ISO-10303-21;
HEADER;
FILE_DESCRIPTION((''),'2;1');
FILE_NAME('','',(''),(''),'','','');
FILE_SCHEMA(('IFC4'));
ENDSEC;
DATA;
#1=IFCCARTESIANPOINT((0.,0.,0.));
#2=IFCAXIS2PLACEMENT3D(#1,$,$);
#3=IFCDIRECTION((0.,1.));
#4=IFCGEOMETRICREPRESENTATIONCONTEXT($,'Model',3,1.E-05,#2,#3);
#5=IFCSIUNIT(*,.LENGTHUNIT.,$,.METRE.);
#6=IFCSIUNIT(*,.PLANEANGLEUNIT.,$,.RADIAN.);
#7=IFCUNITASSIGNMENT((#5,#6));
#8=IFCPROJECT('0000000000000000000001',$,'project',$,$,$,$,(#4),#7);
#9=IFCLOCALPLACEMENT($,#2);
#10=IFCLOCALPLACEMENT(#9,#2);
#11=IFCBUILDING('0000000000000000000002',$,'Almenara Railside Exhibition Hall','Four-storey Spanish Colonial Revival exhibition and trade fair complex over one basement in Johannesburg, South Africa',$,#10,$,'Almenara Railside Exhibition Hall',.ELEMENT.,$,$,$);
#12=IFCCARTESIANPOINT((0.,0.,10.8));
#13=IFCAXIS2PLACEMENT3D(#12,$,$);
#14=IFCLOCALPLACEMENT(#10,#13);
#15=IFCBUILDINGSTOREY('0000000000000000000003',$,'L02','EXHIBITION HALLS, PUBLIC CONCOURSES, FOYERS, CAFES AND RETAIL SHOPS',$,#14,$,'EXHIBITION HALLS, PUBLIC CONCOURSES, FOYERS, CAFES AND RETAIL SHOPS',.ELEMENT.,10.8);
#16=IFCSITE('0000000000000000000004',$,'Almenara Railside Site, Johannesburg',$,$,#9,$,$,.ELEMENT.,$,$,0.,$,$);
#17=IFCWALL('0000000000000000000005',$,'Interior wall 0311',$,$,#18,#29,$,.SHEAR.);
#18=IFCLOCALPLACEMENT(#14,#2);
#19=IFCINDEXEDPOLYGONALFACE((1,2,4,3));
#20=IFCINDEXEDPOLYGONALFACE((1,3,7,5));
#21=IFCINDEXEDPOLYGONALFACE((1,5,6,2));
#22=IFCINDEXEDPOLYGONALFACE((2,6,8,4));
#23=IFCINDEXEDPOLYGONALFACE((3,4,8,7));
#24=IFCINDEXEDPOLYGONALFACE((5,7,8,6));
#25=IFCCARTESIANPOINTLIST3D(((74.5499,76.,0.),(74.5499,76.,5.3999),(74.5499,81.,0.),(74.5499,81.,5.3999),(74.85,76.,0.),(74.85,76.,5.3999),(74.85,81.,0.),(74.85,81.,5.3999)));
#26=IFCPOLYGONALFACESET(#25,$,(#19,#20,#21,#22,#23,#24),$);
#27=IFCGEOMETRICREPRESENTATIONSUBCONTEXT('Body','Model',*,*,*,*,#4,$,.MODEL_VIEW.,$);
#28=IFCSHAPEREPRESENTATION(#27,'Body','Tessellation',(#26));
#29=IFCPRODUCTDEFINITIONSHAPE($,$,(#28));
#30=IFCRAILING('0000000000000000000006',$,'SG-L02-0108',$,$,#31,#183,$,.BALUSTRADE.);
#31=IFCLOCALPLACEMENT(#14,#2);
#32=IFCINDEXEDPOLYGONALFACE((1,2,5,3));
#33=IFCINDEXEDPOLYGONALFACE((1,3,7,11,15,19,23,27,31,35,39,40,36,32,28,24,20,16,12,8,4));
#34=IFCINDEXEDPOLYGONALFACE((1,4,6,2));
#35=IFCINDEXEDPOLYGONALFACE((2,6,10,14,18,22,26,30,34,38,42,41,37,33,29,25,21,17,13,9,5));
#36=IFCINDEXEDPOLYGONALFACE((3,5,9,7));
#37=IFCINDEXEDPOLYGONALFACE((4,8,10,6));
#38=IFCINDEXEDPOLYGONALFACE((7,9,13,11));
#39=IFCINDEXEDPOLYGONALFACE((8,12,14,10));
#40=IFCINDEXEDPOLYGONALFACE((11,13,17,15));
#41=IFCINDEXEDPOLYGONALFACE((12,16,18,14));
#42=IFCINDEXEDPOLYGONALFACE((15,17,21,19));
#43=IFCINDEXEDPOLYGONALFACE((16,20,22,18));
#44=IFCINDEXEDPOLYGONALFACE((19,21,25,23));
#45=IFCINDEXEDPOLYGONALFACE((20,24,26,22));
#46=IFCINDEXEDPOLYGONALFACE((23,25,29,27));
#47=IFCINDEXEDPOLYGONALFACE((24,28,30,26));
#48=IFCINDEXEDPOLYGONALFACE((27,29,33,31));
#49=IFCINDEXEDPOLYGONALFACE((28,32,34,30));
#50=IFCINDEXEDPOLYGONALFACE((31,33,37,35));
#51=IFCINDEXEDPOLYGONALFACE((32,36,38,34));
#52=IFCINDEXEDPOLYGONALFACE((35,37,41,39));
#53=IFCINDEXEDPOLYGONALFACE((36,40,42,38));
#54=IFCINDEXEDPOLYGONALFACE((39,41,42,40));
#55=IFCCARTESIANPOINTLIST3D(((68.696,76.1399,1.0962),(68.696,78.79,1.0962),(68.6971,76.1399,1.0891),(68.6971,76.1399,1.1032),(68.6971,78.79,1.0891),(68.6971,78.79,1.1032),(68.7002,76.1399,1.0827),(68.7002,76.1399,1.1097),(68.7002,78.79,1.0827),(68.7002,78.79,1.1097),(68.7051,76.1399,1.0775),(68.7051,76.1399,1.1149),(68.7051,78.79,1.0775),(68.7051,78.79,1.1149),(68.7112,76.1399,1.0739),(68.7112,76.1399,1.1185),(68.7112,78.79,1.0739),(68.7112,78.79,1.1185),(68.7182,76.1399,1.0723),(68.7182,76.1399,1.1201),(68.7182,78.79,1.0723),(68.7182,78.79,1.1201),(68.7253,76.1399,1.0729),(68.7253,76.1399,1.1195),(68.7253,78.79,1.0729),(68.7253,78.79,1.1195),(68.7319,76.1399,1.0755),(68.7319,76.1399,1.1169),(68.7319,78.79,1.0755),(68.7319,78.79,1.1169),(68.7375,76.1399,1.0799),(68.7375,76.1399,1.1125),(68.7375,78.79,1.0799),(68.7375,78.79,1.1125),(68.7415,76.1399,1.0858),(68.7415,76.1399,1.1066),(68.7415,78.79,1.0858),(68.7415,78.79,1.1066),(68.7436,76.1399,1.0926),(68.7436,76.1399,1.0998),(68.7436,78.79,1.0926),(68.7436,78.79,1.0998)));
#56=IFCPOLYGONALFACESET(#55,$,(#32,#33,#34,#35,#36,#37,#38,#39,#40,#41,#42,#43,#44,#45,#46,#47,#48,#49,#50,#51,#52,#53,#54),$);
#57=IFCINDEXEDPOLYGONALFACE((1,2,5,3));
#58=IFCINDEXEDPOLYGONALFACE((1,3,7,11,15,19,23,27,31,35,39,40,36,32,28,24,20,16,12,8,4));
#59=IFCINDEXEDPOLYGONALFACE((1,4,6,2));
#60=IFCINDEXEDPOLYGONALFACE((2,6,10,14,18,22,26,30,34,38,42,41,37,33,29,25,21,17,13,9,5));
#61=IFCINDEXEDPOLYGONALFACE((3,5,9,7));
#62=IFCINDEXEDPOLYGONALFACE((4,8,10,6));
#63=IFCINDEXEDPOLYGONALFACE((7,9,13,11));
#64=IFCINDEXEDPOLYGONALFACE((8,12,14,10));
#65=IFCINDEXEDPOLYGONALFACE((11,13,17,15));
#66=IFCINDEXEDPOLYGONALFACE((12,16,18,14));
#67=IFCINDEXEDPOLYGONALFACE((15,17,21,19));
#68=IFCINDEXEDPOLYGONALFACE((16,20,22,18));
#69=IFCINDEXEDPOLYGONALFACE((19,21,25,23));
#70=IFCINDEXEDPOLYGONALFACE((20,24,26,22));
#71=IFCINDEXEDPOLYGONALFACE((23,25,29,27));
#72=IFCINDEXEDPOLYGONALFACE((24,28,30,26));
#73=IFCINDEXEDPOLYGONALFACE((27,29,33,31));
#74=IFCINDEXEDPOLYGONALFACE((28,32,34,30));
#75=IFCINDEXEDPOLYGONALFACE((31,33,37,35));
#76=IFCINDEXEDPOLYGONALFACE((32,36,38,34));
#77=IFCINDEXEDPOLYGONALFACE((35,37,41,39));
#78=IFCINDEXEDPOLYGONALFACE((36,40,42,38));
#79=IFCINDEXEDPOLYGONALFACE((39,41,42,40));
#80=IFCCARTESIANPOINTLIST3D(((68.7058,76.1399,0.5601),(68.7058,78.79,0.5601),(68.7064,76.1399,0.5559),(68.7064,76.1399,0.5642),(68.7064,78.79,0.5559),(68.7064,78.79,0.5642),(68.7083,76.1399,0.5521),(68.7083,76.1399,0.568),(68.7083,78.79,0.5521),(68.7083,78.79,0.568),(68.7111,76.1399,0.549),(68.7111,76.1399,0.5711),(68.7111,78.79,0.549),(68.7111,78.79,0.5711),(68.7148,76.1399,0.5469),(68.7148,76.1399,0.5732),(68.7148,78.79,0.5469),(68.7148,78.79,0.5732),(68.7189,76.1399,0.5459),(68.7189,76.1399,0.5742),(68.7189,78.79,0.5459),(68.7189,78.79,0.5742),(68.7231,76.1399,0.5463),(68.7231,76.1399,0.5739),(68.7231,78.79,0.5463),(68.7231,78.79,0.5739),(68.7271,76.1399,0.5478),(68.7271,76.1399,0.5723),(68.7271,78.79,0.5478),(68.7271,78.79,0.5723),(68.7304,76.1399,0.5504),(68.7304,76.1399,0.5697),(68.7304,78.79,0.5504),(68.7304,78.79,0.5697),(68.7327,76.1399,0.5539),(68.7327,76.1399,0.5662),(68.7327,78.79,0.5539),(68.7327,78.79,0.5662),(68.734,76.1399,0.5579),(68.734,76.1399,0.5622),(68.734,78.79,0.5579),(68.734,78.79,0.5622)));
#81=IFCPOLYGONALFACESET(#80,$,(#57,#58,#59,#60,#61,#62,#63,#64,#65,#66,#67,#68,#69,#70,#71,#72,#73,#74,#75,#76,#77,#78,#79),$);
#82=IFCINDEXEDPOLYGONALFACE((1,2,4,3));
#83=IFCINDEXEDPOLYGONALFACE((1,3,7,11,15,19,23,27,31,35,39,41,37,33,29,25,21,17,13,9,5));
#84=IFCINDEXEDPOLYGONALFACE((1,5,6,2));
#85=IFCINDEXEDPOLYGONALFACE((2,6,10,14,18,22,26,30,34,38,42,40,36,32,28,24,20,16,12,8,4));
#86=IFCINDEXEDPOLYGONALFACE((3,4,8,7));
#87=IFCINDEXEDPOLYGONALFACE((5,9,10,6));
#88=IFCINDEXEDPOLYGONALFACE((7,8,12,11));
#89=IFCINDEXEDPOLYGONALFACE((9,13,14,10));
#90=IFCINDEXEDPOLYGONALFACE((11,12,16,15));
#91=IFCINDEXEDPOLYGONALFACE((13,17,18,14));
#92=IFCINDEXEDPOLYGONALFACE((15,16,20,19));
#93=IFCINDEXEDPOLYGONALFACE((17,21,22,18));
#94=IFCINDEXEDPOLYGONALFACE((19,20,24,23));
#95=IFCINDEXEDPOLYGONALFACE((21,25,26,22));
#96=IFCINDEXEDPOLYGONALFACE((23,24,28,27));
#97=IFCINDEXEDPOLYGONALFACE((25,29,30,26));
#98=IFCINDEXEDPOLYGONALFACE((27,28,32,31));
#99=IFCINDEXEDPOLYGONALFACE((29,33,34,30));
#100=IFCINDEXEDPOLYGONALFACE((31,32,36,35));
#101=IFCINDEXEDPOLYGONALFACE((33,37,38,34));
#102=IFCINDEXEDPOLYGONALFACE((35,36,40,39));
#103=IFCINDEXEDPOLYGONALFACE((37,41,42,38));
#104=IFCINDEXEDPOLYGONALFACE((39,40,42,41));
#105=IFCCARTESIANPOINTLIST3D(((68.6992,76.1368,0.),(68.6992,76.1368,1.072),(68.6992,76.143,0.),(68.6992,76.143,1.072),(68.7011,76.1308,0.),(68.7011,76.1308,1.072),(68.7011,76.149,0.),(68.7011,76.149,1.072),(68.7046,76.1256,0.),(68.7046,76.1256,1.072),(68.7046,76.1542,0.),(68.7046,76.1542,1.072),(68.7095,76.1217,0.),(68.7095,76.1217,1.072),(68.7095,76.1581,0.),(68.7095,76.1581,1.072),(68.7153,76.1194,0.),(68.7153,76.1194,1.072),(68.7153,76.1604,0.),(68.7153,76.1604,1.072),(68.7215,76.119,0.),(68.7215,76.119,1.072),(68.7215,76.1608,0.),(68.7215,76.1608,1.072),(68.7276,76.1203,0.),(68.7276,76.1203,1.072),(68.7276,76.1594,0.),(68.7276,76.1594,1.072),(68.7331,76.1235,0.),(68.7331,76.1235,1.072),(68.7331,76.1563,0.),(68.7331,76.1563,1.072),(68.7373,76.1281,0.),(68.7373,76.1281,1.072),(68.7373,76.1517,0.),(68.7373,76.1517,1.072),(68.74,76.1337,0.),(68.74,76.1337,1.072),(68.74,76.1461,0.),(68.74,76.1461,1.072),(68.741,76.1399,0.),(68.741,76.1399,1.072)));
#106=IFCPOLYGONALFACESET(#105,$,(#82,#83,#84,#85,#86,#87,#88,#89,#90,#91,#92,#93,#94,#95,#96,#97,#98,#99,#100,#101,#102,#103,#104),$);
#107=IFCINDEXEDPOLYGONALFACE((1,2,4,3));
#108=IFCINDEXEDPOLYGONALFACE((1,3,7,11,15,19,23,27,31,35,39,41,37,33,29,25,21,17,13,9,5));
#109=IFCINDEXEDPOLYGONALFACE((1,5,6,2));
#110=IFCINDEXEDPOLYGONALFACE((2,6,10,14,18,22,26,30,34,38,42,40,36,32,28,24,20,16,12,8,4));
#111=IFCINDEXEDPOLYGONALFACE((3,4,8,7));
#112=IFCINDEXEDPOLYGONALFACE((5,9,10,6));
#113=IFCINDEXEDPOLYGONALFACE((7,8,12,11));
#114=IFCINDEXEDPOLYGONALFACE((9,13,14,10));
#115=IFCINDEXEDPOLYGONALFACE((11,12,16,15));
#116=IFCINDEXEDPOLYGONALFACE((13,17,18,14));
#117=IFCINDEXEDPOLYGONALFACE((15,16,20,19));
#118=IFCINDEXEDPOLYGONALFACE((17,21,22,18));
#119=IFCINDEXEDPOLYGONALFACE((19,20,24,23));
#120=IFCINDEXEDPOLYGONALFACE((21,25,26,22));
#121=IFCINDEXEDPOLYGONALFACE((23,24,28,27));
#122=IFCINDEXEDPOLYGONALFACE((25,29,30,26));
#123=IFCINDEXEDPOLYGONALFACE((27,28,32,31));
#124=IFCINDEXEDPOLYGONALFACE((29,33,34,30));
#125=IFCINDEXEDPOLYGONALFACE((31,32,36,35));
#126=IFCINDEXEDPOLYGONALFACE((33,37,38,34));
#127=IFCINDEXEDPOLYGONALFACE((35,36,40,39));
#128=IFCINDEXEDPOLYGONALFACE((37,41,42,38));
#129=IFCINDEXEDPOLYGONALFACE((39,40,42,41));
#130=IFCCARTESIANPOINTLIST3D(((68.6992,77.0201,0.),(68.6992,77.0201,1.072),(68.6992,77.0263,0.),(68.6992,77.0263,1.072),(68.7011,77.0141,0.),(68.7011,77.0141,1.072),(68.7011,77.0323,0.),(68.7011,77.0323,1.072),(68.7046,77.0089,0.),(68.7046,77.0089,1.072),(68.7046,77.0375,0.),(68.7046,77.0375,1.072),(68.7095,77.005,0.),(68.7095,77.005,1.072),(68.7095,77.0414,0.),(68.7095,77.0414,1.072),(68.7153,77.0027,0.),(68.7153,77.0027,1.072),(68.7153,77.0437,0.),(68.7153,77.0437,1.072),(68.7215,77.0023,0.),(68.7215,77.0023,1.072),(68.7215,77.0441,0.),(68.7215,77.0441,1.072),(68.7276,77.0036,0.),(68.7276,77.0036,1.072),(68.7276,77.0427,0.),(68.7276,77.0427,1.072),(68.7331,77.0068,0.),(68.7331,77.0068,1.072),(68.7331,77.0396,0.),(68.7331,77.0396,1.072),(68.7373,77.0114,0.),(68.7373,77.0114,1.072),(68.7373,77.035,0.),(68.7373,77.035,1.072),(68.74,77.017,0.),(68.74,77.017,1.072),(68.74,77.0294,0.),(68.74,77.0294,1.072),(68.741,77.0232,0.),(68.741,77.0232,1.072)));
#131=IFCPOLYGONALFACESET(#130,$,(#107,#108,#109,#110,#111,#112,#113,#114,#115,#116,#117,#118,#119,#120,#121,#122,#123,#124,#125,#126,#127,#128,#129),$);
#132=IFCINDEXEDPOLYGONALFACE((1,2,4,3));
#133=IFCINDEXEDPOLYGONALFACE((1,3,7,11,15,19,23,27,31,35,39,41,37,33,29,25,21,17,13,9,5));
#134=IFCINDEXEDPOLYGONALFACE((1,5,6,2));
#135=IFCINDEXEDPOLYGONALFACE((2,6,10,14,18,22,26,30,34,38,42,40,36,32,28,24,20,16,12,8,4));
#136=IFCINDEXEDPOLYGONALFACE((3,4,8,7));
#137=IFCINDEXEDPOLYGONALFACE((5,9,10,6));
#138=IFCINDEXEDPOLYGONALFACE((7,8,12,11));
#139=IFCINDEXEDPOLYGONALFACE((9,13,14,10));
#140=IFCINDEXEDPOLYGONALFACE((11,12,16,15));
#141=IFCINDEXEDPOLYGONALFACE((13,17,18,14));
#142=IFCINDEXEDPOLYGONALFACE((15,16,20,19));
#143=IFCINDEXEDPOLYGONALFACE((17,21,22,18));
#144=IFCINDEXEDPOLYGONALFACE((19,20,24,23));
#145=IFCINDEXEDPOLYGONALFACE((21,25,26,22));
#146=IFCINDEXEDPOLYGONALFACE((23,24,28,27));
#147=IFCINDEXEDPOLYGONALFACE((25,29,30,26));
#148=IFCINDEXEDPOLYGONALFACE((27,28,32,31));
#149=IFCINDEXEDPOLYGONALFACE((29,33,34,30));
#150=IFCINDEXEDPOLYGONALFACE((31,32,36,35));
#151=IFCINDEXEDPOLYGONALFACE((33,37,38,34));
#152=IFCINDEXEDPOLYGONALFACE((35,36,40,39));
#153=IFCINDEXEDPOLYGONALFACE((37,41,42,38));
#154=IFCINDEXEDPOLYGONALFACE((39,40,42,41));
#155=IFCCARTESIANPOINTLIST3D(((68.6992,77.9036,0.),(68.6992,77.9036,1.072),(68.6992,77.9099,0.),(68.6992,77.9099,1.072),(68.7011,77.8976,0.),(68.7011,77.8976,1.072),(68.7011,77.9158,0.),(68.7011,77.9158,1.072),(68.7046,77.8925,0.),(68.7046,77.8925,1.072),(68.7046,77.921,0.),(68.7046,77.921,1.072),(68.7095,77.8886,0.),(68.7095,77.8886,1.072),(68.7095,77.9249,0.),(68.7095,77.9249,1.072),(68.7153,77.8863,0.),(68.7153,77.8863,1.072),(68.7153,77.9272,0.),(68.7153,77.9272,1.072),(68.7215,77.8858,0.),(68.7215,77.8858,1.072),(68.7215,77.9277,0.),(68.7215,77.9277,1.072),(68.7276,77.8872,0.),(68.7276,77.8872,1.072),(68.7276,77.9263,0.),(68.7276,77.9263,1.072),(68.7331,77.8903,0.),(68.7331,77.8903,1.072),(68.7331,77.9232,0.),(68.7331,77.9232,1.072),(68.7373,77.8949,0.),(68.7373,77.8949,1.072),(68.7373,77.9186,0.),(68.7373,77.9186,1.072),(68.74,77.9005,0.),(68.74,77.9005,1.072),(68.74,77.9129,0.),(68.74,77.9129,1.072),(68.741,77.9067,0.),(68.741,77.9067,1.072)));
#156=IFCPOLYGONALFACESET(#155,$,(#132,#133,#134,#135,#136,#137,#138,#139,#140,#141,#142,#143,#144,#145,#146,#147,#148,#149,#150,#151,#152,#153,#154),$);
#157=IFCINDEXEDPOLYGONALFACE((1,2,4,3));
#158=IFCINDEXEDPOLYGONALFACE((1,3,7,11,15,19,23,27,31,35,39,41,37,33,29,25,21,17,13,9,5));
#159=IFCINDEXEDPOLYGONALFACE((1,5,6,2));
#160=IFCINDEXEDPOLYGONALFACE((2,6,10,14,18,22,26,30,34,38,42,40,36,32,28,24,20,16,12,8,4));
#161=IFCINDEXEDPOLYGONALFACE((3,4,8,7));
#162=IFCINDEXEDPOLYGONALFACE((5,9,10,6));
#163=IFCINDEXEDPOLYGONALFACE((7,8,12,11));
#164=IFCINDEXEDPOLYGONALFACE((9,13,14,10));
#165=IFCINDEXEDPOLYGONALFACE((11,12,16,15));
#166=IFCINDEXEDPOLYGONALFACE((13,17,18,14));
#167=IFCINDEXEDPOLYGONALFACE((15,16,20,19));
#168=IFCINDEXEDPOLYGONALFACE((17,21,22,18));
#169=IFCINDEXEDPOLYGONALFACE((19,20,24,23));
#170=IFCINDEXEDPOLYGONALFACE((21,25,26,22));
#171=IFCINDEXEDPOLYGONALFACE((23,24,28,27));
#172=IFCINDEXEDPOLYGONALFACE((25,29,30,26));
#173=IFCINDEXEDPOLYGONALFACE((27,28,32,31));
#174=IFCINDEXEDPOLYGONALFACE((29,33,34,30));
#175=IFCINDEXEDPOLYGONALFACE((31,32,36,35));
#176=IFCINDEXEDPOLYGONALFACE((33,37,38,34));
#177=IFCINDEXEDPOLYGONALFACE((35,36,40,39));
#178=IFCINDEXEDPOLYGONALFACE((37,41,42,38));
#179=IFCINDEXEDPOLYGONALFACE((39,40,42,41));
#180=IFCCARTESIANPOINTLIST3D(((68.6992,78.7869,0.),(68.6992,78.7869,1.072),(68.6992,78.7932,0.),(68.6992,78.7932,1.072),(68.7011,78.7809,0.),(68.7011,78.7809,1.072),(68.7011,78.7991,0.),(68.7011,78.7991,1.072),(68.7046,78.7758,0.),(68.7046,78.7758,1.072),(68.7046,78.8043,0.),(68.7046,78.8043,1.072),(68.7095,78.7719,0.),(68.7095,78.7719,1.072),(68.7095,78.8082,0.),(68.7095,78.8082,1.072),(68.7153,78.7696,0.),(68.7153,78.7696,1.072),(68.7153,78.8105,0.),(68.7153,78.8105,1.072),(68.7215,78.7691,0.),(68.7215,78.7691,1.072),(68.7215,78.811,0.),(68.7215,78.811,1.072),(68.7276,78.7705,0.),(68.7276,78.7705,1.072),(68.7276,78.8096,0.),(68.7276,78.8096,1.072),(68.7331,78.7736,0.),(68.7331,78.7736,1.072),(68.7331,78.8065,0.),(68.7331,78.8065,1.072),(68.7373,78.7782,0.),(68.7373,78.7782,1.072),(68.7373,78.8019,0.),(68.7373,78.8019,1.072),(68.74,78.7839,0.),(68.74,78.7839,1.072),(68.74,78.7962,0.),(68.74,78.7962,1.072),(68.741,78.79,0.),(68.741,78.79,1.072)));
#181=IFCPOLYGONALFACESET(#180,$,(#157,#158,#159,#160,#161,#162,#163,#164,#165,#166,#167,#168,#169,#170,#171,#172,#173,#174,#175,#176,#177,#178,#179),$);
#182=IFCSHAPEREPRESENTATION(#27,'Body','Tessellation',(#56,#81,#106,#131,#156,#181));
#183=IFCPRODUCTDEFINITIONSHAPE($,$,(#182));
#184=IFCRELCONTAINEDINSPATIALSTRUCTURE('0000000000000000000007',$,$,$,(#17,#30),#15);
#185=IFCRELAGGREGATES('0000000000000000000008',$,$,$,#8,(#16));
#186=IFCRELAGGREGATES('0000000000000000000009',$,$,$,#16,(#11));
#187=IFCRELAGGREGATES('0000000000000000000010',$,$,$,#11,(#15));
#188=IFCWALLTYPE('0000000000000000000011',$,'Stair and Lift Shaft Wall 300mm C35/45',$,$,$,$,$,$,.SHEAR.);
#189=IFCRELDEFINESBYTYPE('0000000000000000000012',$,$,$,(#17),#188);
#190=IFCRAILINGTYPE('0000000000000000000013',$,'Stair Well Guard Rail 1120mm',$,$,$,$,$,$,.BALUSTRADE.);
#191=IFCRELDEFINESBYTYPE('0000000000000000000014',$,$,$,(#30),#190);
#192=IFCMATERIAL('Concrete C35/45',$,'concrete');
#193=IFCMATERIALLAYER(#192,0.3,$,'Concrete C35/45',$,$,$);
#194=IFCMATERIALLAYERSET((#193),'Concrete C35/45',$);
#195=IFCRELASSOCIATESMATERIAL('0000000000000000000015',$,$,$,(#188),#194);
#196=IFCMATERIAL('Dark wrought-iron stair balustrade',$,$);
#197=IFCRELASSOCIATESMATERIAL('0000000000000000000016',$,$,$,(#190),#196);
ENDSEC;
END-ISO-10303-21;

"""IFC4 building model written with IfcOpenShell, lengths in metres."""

from ifc_helpers import new_model, si_unit, direction, frame, frame_2d, origin, origin_2d, place, context, subcontext, project, spatial, rectangle, circle, extrude, material, layer, layer_set, type_object, element, save


model = new_model("IFC4")

# Units and contexts
model_context = context("Model", 3, precision=1e-05, world=origin(), true_north=direction((0.0, 1.0)))
body_context = subcontext(model_context, "Body", "Model", "MODEL_VIEW")
ifc_project = project(units=[si_unit("LENGTHUNIT", "METRE"), si_unit("PLANEANGLEUNIT", "RADIAN")], contexts=[model_context])

# Site, building, storey
site_placement = place(None, origin())
site = spatial("IfcSite", under=ifc_project, at=site_placement, Name="Almenara Railside Site, Johannesburg", CompositionType="ELEMENT", RefElevation=0.0)
building_placement = place(site_placement, origin())
building = spatial("IfcBuilding", under=site, at=building_placement, Name="Almenara Railside Exhibition Hall", Description="Four-storey Spanish Colonial Revival exhibition and trade fair complex over one basement in Johannesburg, South Africa", LongName="Almenara Railside Exhibition Hall", CompositionType="ELEMENT")
storey_placement = place(building_placement, frame((0.0, 0.0, 10.8)))
storey = spatial("IfcBuildingStorey", under=building, at=storey_placement, Name="L02", Description="EXHIBITION HALLS, PUBLIC CONCOURSES, FOYERS, CAFES AND RETAIL SHOPS", LongName="EXHIBITION HALLS, PUBLIC CONCOURSES, FOYERS, CAFES AND RETAIL SHOPS", CompositionType="ELEMENT", Elevation=10.8)

# Shared definitions
ifc_material_1 = material(Name="Concrete C35/45", Category="concrete")
ifc_layer_1 = layer(ifc_material_1, 0.3, Name="Concrete C35/45")
ifc_layer_set_1 = layer_set([ifc_layer_1], Name="Concrete C35/45")
wall_type = type_object("IfcWallType", Name="Stair and Lift Shaft Wall 300mm C35/45", PredefinedType="SHEAR", material=ifc_layer_set_1)

# Wall
wall_1_placement = place(storey_placement, frame((74.7, 76.0, 0.0), z_axis=(0.0, 0.0, 1.0), x_axis=(0.0, 1.0, 0.0)))
element("IfcWall", 1, at=wall_1_placement, inside=storey, type_object=wall_type, Name="Interior wall 0311", PredefinedType="SHEAR", context=body_context, shape_type="SweptSolid", body=[
    extrude(rectangle(XDim=5.0, YDim=0.3, at=frame_2d((2.5, 0.0))), origin(), (0.0, 0.0, 1.0), 5.3999),
])

# Railing
ifc_material_2 = material(Name="Dark wrought-iron stair balustrade")
railing_type = type_object("IfcRailingType", Name="Stair Well Guard Rail 1120mm", PredefinedType="BALUSTRADE", material=ifc_material_2)
railing_placement = place(storey_placement, frame((68.72, 76.1399, 0.0)))
element("IfcRailing", 2, at=railing_placement, inside=storey, type_object=railing_type, Name="SG-L02-0108", PredefinedType="BALUSTRADE", context=body_context, shape_type="SweptSolid", body=[
    extrude(circle(Radius=0.0239, at=origin_2d()), frame((0.0, 0.0, 1.0962), z_axis=(0.0, 1.0, 0.0), x_axis=(-1.0, 0.0, 0.0)), (0.0, 0.0, 1.0), 2.6501),
    extrude(circle(Radius=0.0142, at=origin_2d()), frame((0.0, 0.0, 0.5601), z_axis=(0.0, 1.0, 0.0), x_axis=(-1.0, 0.0, 0.0)), (0.0, 0.0, 1.0), 2.6501),
    extrude(circle(Radius=0.021, at=origin_2d()), origin(), (0.0, 0.0, 1.0), 1.072),
    extrude(circle(Radius=0.021, at=origin_2d()), frame((0.0, 0.8833, 0.0)), (0.0, 0.0, 1.0), 1.072),
    extrude(circle(Radius=0.021, at=origin_2d()), frame((0.0, 1.7668, 0.0)), (0.0, 0.0, 1.0), 1.072),
    extrude(circle(Radius=0.021, at=origin_2d()), frame((0.0, 2.6501, 0.0)), (0.0, 0.0, 1.0), 1.072),
])

save(model, "model.ifc")
